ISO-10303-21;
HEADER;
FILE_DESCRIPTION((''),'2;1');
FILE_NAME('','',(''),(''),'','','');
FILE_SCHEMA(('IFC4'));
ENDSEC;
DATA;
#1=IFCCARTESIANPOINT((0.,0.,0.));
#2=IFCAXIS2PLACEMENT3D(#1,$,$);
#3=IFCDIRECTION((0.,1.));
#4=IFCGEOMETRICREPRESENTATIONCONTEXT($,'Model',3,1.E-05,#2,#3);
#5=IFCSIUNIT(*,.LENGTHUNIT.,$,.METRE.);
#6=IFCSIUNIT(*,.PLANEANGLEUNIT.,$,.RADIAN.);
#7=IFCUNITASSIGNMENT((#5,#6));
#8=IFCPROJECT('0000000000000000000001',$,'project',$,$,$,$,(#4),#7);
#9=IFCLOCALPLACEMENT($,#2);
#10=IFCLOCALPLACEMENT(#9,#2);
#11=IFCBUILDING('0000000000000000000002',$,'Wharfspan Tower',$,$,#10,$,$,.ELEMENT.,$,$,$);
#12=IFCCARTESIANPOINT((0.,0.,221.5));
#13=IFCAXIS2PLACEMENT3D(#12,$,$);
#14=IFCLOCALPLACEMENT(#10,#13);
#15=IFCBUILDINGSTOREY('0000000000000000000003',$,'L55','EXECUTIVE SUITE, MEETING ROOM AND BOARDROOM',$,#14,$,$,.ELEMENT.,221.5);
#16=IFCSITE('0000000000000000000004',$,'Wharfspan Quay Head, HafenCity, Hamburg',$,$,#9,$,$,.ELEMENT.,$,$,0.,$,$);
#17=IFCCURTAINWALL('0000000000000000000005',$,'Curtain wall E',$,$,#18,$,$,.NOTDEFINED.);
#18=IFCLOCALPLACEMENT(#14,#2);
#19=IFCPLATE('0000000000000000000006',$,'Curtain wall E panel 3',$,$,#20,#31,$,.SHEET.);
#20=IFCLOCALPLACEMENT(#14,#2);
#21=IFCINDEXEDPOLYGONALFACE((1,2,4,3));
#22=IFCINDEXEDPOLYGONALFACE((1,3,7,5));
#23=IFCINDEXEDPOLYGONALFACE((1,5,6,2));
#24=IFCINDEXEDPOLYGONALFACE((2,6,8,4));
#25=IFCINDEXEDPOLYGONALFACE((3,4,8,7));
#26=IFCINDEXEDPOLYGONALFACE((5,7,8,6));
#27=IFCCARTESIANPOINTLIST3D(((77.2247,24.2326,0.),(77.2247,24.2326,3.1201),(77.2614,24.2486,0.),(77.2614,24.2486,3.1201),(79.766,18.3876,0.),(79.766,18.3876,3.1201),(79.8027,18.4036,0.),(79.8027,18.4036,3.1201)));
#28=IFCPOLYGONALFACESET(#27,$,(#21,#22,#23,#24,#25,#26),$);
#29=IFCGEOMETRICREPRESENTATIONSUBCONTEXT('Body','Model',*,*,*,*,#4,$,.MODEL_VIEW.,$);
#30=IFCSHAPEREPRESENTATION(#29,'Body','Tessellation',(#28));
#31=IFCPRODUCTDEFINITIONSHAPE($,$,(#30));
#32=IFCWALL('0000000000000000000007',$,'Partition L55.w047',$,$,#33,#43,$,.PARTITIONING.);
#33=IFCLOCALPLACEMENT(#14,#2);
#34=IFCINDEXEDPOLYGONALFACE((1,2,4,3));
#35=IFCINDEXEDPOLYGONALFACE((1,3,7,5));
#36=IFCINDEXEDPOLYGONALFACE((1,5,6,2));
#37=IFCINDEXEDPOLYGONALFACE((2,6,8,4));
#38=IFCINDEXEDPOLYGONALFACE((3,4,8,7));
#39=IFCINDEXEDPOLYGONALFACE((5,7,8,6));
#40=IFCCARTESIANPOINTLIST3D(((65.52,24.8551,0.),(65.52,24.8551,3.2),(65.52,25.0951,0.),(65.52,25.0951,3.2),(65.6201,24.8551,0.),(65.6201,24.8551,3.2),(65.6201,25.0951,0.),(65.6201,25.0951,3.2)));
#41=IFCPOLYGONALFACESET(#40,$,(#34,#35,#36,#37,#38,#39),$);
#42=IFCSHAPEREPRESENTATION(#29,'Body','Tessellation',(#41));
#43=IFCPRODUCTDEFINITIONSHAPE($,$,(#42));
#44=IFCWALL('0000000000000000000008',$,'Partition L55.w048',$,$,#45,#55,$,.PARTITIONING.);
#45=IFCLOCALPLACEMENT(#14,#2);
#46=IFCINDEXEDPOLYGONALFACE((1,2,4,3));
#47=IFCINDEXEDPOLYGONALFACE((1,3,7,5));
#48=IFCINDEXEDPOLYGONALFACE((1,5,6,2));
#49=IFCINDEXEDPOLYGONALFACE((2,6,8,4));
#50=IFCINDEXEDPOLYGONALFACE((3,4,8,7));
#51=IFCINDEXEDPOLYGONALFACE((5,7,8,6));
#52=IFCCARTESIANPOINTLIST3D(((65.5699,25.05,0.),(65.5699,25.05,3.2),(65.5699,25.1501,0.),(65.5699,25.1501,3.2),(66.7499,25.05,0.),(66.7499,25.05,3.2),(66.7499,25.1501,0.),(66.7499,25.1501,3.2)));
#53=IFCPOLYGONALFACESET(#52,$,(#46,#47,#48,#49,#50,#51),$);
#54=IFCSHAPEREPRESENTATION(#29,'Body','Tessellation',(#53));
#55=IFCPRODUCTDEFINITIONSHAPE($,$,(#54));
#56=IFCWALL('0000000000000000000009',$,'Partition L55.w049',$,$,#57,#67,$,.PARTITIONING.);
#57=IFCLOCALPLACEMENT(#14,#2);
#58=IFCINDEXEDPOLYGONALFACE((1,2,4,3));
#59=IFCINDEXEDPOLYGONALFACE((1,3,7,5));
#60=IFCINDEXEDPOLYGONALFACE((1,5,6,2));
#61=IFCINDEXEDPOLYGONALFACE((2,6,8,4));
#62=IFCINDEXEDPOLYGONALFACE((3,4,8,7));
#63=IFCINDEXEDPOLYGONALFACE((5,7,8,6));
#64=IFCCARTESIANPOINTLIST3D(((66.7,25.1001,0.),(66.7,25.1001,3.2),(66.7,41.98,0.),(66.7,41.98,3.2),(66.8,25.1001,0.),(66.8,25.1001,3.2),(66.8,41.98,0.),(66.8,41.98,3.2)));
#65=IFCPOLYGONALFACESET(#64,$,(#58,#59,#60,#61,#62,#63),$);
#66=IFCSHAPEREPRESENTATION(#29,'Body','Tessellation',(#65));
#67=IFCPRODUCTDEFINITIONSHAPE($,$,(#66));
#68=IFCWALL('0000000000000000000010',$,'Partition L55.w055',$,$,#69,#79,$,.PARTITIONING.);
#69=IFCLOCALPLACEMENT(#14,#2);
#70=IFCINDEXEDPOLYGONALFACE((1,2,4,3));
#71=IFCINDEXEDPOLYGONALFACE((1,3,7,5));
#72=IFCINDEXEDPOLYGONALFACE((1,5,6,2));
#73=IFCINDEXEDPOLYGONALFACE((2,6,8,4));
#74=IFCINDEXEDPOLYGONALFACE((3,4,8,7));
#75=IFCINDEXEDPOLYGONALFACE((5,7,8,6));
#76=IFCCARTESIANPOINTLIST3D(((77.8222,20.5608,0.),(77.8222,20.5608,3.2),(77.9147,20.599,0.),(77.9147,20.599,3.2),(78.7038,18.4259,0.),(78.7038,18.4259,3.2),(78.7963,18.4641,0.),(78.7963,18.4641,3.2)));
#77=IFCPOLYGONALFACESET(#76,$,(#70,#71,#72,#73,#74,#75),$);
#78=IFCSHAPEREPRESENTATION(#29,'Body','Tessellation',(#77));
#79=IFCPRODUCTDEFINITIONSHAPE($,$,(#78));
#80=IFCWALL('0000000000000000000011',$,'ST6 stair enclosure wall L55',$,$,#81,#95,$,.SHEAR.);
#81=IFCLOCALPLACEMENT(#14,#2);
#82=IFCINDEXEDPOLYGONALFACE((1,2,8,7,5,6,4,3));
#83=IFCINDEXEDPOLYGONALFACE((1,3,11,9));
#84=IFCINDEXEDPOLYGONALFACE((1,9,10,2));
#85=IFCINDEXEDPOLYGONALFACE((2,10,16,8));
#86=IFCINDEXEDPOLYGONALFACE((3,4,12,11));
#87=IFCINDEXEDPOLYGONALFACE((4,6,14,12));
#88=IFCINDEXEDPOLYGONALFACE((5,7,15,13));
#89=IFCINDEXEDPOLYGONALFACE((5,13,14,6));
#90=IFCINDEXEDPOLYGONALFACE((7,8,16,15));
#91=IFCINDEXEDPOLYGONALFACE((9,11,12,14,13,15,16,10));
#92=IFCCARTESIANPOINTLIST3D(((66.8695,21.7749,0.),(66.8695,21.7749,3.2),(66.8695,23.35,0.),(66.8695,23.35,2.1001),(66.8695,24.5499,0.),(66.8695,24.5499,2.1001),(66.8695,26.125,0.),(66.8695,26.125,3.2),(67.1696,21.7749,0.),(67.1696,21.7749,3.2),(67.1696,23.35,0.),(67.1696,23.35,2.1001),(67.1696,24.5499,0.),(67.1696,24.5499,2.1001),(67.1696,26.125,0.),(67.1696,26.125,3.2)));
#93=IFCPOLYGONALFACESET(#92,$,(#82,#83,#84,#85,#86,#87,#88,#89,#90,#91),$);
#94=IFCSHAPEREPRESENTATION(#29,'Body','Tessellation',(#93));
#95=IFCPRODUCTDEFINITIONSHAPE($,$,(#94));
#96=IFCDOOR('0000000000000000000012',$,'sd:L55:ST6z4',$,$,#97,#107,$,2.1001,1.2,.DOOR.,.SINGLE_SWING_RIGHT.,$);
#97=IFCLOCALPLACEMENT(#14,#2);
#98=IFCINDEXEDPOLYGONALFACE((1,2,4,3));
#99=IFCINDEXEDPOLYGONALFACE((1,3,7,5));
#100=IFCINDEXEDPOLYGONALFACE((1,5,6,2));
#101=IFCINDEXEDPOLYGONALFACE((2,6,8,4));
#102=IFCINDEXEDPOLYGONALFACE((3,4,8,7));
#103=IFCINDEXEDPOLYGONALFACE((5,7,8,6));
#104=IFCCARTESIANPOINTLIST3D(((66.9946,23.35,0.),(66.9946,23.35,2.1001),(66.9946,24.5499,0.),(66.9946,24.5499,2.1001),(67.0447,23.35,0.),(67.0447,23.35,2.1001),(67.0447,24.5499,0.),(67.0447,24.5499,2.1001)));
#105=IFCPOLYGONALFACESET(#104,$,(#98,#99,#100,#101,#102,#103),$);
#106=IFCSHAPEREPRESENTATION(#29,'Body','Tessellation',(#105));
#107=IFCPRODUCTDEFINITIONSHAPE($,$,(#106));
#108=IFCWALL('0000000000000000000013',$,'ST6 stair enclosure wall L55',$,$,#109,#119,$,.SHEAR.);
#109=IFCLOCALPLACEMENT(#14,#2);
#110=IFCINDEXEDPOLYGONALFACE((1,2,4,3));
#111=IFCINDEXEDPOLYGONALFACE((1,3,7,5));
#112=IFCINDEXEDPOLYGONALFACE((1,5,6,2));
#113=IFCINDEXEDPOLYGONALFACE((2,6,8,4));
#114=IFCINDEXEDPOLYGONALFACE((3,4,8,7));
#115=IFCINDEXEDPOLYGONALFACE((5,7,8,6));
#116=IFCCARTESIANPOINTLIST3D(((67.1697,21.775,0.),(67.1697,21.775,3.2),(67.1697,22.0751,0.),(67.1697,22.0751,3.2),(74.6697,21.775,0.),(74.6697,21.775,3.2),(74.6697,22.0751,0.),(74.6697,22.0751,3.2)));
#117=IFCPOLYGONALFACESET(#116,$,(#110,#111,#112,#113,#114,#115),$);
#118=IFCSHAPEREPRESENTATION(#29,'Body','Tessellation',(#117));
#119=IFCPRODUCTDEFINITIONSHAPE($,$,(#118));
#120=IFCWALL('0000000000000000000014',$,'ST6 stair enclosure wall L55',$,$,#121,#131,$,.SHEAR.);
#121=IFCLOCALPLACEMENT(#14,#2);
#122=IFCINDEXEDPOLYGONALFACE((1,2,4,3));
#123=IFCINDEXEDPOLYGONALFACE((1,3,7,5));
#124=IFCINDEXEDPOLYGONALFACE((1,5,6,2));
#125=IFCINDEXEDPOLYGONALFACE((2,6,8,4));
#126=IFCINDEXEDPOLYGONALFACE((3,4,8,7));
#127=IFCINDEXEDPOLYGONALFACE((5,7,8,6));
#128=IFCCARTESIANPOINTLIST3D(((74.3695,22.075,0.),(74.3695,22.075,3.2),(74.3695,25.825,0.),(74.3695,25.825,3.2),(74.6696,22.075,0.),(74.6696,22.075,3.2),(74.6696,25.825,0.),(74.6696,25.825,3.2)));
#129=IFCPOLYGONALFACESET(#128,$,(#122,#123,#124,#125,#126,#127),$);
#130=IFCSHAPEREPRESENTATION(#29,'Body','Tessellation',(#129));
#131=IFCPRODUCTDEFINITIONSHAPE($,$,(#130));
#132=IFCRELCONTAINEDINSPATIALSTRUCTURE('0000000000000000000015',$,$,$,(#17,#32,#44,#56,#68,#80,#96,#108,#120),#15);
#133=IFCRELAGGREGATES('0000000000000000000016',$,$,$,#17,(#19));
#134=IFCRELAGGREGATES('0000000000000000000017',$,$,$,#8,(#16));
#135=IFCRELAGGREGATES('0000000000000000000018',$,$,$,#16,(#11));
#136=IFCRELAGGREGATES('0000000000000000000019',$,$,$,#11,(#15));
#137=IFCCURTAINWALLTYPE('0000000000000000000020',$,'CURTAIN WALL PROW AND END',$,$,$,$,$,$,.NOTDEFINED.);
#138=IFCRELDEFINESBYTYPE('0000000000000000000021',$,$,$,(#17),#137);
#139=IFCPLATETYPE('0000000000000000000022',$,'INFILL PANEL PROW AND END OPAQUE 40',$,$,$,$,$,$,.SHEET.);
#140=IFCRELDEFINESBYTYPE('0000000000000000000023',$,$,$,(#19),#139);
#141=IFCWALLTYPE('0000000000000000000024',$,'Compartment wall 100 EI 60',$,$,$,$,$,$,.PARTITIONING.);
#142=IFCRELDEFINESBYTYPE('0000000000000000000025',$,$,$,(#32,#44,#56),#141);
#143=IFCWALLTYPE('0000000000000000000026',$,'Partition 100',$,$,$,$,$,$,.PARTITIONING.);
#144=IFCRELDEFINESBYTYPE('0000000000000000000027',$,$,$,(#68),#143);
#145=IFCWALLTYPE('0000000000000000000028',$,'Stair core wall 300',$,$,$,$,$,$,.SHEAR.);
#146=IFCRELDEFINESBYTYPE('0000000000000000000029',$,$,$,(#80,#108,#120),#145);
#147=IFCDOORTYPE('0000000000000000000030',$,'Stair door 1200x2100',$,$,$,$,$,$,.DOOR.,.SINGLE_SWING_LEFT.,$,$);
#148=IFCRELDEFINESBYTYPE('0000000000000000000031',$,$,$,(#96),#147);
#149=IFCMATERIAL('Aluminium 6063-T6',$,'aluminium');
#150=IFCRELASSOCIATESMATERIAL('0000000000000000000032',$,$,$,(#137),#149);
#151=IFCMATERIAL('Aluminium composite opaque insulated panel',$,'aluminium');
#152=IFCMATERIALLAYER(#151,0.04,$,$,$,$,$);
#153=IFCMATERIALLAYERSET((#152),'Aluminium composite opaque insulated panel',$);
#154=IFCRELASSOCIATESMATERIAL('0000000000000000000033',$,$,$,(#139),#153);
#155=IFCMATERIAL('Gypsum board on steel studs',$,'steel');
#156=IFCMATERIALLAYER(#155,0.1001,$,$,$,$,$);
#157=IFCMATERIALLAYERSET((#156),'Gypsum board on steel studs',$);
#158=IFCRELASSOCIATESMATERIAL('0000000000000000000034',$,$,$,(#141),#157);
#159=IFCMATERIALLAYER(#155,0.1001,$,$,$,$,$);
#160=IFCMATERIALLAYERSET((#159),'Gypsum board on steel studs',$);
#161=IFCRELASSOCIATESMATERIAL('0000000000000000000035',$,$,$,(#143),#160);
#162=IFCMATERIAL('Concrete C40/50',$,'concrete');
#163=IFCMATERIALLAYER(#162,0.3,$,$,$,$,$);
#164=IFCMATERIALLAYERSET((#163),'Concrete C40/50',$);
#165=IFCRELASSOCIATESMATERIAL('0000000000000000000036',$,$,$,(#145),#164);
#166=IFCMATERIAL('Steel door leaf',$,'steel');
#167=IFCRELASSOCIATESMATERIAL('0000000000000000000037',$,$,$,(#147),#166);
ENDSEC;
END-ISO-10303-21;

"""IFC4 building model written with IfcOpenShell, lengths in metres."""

from ifc_helpers import new_model, si_unit, direction, frame, frame_2d, origin, origin_2d, place, context, subcontext, project, spatial, rectangle, extrude, material, layer, layer_set, type_object, element, fill, aggregate, save


model = new_model("IFC4")

# Units and contexts
model_context = context("Model", 3, precision=1e-05, world=origin(), true_north=direction((0.0, 1.0)))
body_context = subcontext(model_context, "Body", "Model", "MODEL_VIEW")
ifc_project = project(units=[si_unit("LENGTHUNIT", "METRE"), si_unit("PLANEANGLEUNIT", "RADIAN")], contexts=[model_context])

# Site, building, storey
site_placement = place(None, origin())
site = spatial("IfcSite", under=ifc_project, at=site_placement, Name="Wharfspan Quay Head, HafenCity, Hamburg", CompositionType="ELEMENT", RefElevation=0.0)
building_placement = place(site_placement, origin())
building = spatial("IfcBuilding", under=site, at=building_placement, Name="Wharfspan Tower", CompositionType="ELEMENT")
storey_placement = place(building_placement, frame((0.0, 0.0, 221.5)))
storey = spatial("IfcBuildingStorey", under=building, at=storey_placement, Name="L55", Description="EXECUTIVE SUITE, MEETING ROOM AND BOARDROOM", CompositionType="ELEMENT", Elevation=221.5)

# Curtain wall
ifc_material_1 = material(Name="Aluminium 6063-T6", Category="aluminium")
curtain_wall_type = type_object("IfcCurtainWallType", Name="CURTAIN WALL PROW AND END", PredefinedType="NOTDEFINED", material=ifc_material_1)
curtain_wall_placement = place(storey_placement, origin())
curtain_wall = element("IfcCurtainWall", 1, at=curtain_wall_placement, inside=storey, type_object=curtain_wall_type, Name="Curtain wall E", PredefinedType="NOTDEFINED")

# Plate
ifc_material_2 = material(Name="Aluminium composite opaque insulated panel", Category="aluminium")
ifc_layer_1 = layer(ifc_material_2, 0.04)
ifc_layer_set_1 = layer_set([ifc_layer_1], Name="Aluminium composite opaque insulated panel")
plate_type = type_object("IfcPlateType", Name="INFILL PANEL PROW AND END OPAQUE 40", PredefinedType="SHEET", material=ifc_layer_set_1)
plate_placement = place(storey_placement, frame((78.5137, 21.3181, 0.0), z_axis=(0.0, 0.0, 1.0), x_axis=(-0.398727, 0.917072, 0.0)))
plate = element("IfcPlate", 2, at=plate_placement, type_object=plate_type, Name="Curtain wall E panel 3", PredefinedType="SHEET", context=body_context, shape_type="SweptSolid", body=[
    extrude(rectangle(XDim=6.3735, YDim=0.04, at=origin_2d()), origin(), (0.0, 0.0, 1.0), 3.1201),
])
aggregate(curtain_wall, [plate])

# Walls
ifc_material_3 = material(Name="Gypsum board on steel studs", Category="steel")
ifc_layer_2 = layer(ifc_material_3, 0.1001)
ifc_layer_set_2 = layer_set([ifc_layer_2], Name="Gypsum board on steel studs")
wall_type_1 = type_object("IfcWallType", Name="Compartment wall 100 EI 60", PredefinedType="PARTITIONING", material=ifc_layer_set_2)
wall_1_placement = place(storey_placement, frame((65.5701, 24.855, 0.0), z_axis=(0.0, 0.0, 1.0), x_axis=(0.0, 1.0, 0.0)))
element("IfcWall", 3, at=wall_1_placement, inside=storey, type_object=wall_type_1, Name="Partition L55.w047", PredefinedType="PARTITIONING", context=body_context, shape_type="SweptSolid", body=[
    extrude(rectangle(XDim=0.24, YDim=0.1001, at=frame_2d((0.1201, 0.0))), origin(), (0.0, 0.0, 1.0), 3.2),
])
wall_2_placement = place(storey_placement, frame((65.5701, 25.1001, 0.0), z_axis=(0.0, 0.0, 1.0), x_axis=(1.0, 0.0, 0.0)))
element("IfcWall", 4, at=wall_2_placement, inside=storey, type_object=wall_type_1, Name="Partition L55.w048", PredefinedType="PARTITIONING", context=body_context, shape_type="SweptSolid", body=[
    extrude(rectangle(XDim=1.1799, YDim=0.1001, at=frame_2d((0.5898, 0.0))), origin(), (0.0, 0.0, 1.0), 3.2),
])
wall_3_placement = place(storey_placement, frame((66.75, 25.1001, 0.0), z_axis=(0.0, 0.0, 1.0), x_axis=(0.0, 1.0, 0.0)))
element("IfcWall", 5, at=wall_3_placement, inside=storey, type_object=wall_type_1, Name="Partition L55.w049", PredefinedType="PARTITIONING", context=body_context, shape_type="SweptSolid", body=[
    extrude(rectangle(XDim=16.8799, YDim=0.1001, at=frame_2d((8.4399, 0.0))), origin(), (0.0, 0.0, 1.0), 3.2),
])
ifc_layer_3 = layer(ifc_material_3, 0.1001)
ifc_layer_set_3 = layer_set([ifc_layer_3], Name="Gypsum board on steel studs")
wall_type_2 = type_object("IfcWallType", Name="Partition 100", PredefinedType="PARTITIONING", material=ifc_layer_set_3)
wall_4_placement = place(storey_placement, frame((78.75, 18.4451, 0.0), z_axis=(0.0, 0.0, 1.0), x_axis=(-0.381663, 0.924299, 0.0)))
element("IfcWall", 6, at=wall_4_placement, inside=storey, type_object=wall_type_2, Name="Partition L55.w055", PredefinedType="PARTITIONING", context=body_context, shape_type="SweptSolid", body=[
    extrude(rectangle(XDim=2.3098, YDim=0.1001, at=frame_2d((1.1548, 0.0))), origin(), (0.0, 0.0, 1.0), 3.2),
])

# Wall, opening, door
ifc_material_4 = material(Name="Concrete C40/50", Category="concrete")
ifc_layer_4 = layer(ifc_material_4, 0.3)
ifc_layer_set_4 = layer_set([ifc_layer_4], Name="Concrete C40/50")
wall_type_3 = type_object("IfcWallType", Name="Stair core wall 300", PredefinedType="SHEAR", material=ifc_layer_set_4)
wall_5_placement = place(storey_placement, frame((67.0195, 21.7749, 0.0), z_axis=(0.0, 0.0, 1.0), x_axis=(0.0, 1.0, 0.0)))
wall_5 = element("IfcWall", 7, at=wall_5_placement, inside=storey, type_object=wall_type_3, Name="ST6 stair enclosure wall L55", PredefinedType="SHEAR", context=body_context, shape_type="SweptSolid", body=[
    extrude(rectangle(XDim=4.3501, YDim=0.3, at=frame_2d((2.175, 0.0))), origin(), (0.0, 0.0, 1.0), 3.2),
])
opening_placement = place(wall_5_placement, frame((1.575, 0.0, 0.0)))
opening = element("IfcOpeningElement", 8, at=opening_placement, cuts=wall_5, PredefinedType="OPENING", context=body_context, shape_type="SweptSolid", body=[
    extrude(rectangle(XDim=1.2, YDim=2.1001, at=frame_2d((0.6001, 1.05))), frame((0.0, 0.1599, 0.0), z_axis=(0.0, -1.0, 0.0), x_axis=(1.0, 0.0, 0.0)), (0.0, 0.0, 1.0), 0.3201),
])
ifc_material_5 = material(Name="Steel door leaf", Category="steel")
door_type = type_object("IfcDoorType", Name="Stair door 1200x2100", OperationType="SINGLE_SWING_LEFT", PredefinedType="DOOR", material=ifc_material_5)
door_placement = place(opening_placement, origin())
door = element("IfcDoor", 9, at=door_placement, inside=storey, type_object=door_type, Name="sd:L55:ST6z4", OperationType="SINGLE_SWING_RIGHT", OverallHeight=2.1001, OverallWidth=1.2, PredefinedType="DOOR", context=body_context, shape_type="SweptSolid", body=[
    extrude(rectangle(XDim=1.2, YDim=2.1001, at=frame_2d((0.6001, 1.05))), frame((0.0, 0.0249, 0.0), z_axis=(0.0, -1.0, 0.0), x_axis=(1.0, 0.0, 0.0)), (0.0, 0.0, 1.0), 0.05),
])
fill(opening, door)

# Walls
wall_6_placement = place(storey_placement, frame((67.1697, 21.925, 0.0), z_axis=(0.0, 0.0, 1.0), x_axis=(1.0, 0.0, 0.0)))
element("IfcWall", 10, at=wall_6_placement, inside=storey, type_object=wall_type_3, Name="ST6 stair enclosure wall L55", PredefinedType="SHEAR", context=body_context, shape_type="SweptSolid", body=[
    extrude(rectangle(XDim=7.5, YDim=0.3, at=frame_2d((3.75, 0.0))), origin(), (0.0, 0.0, 1.0), 3.2),
])
wall_7_placement = place(storey_placement, frame((74.5195, 22.075, 0.0), z_axis=(0.0, 0.0, 1.0), x_axis=(0.0, 1.0, 0.0)))
element("IfcWall", 11, at=wall_7_placement, inside=storey, type_object=wall_type_3, Name="ST6 stair enclosure wall L55", PredefinedType="SHEAR", context=body_context, shape_type="SweptSolid", body=[
    extrude(rectangle(XDim=3.75, YDim=0.3, at=frame_2d((1.875, 0.0))), origin(), (0.0, 0.0, 1.0), 3.2),
])

save(model, "model.ifc")
